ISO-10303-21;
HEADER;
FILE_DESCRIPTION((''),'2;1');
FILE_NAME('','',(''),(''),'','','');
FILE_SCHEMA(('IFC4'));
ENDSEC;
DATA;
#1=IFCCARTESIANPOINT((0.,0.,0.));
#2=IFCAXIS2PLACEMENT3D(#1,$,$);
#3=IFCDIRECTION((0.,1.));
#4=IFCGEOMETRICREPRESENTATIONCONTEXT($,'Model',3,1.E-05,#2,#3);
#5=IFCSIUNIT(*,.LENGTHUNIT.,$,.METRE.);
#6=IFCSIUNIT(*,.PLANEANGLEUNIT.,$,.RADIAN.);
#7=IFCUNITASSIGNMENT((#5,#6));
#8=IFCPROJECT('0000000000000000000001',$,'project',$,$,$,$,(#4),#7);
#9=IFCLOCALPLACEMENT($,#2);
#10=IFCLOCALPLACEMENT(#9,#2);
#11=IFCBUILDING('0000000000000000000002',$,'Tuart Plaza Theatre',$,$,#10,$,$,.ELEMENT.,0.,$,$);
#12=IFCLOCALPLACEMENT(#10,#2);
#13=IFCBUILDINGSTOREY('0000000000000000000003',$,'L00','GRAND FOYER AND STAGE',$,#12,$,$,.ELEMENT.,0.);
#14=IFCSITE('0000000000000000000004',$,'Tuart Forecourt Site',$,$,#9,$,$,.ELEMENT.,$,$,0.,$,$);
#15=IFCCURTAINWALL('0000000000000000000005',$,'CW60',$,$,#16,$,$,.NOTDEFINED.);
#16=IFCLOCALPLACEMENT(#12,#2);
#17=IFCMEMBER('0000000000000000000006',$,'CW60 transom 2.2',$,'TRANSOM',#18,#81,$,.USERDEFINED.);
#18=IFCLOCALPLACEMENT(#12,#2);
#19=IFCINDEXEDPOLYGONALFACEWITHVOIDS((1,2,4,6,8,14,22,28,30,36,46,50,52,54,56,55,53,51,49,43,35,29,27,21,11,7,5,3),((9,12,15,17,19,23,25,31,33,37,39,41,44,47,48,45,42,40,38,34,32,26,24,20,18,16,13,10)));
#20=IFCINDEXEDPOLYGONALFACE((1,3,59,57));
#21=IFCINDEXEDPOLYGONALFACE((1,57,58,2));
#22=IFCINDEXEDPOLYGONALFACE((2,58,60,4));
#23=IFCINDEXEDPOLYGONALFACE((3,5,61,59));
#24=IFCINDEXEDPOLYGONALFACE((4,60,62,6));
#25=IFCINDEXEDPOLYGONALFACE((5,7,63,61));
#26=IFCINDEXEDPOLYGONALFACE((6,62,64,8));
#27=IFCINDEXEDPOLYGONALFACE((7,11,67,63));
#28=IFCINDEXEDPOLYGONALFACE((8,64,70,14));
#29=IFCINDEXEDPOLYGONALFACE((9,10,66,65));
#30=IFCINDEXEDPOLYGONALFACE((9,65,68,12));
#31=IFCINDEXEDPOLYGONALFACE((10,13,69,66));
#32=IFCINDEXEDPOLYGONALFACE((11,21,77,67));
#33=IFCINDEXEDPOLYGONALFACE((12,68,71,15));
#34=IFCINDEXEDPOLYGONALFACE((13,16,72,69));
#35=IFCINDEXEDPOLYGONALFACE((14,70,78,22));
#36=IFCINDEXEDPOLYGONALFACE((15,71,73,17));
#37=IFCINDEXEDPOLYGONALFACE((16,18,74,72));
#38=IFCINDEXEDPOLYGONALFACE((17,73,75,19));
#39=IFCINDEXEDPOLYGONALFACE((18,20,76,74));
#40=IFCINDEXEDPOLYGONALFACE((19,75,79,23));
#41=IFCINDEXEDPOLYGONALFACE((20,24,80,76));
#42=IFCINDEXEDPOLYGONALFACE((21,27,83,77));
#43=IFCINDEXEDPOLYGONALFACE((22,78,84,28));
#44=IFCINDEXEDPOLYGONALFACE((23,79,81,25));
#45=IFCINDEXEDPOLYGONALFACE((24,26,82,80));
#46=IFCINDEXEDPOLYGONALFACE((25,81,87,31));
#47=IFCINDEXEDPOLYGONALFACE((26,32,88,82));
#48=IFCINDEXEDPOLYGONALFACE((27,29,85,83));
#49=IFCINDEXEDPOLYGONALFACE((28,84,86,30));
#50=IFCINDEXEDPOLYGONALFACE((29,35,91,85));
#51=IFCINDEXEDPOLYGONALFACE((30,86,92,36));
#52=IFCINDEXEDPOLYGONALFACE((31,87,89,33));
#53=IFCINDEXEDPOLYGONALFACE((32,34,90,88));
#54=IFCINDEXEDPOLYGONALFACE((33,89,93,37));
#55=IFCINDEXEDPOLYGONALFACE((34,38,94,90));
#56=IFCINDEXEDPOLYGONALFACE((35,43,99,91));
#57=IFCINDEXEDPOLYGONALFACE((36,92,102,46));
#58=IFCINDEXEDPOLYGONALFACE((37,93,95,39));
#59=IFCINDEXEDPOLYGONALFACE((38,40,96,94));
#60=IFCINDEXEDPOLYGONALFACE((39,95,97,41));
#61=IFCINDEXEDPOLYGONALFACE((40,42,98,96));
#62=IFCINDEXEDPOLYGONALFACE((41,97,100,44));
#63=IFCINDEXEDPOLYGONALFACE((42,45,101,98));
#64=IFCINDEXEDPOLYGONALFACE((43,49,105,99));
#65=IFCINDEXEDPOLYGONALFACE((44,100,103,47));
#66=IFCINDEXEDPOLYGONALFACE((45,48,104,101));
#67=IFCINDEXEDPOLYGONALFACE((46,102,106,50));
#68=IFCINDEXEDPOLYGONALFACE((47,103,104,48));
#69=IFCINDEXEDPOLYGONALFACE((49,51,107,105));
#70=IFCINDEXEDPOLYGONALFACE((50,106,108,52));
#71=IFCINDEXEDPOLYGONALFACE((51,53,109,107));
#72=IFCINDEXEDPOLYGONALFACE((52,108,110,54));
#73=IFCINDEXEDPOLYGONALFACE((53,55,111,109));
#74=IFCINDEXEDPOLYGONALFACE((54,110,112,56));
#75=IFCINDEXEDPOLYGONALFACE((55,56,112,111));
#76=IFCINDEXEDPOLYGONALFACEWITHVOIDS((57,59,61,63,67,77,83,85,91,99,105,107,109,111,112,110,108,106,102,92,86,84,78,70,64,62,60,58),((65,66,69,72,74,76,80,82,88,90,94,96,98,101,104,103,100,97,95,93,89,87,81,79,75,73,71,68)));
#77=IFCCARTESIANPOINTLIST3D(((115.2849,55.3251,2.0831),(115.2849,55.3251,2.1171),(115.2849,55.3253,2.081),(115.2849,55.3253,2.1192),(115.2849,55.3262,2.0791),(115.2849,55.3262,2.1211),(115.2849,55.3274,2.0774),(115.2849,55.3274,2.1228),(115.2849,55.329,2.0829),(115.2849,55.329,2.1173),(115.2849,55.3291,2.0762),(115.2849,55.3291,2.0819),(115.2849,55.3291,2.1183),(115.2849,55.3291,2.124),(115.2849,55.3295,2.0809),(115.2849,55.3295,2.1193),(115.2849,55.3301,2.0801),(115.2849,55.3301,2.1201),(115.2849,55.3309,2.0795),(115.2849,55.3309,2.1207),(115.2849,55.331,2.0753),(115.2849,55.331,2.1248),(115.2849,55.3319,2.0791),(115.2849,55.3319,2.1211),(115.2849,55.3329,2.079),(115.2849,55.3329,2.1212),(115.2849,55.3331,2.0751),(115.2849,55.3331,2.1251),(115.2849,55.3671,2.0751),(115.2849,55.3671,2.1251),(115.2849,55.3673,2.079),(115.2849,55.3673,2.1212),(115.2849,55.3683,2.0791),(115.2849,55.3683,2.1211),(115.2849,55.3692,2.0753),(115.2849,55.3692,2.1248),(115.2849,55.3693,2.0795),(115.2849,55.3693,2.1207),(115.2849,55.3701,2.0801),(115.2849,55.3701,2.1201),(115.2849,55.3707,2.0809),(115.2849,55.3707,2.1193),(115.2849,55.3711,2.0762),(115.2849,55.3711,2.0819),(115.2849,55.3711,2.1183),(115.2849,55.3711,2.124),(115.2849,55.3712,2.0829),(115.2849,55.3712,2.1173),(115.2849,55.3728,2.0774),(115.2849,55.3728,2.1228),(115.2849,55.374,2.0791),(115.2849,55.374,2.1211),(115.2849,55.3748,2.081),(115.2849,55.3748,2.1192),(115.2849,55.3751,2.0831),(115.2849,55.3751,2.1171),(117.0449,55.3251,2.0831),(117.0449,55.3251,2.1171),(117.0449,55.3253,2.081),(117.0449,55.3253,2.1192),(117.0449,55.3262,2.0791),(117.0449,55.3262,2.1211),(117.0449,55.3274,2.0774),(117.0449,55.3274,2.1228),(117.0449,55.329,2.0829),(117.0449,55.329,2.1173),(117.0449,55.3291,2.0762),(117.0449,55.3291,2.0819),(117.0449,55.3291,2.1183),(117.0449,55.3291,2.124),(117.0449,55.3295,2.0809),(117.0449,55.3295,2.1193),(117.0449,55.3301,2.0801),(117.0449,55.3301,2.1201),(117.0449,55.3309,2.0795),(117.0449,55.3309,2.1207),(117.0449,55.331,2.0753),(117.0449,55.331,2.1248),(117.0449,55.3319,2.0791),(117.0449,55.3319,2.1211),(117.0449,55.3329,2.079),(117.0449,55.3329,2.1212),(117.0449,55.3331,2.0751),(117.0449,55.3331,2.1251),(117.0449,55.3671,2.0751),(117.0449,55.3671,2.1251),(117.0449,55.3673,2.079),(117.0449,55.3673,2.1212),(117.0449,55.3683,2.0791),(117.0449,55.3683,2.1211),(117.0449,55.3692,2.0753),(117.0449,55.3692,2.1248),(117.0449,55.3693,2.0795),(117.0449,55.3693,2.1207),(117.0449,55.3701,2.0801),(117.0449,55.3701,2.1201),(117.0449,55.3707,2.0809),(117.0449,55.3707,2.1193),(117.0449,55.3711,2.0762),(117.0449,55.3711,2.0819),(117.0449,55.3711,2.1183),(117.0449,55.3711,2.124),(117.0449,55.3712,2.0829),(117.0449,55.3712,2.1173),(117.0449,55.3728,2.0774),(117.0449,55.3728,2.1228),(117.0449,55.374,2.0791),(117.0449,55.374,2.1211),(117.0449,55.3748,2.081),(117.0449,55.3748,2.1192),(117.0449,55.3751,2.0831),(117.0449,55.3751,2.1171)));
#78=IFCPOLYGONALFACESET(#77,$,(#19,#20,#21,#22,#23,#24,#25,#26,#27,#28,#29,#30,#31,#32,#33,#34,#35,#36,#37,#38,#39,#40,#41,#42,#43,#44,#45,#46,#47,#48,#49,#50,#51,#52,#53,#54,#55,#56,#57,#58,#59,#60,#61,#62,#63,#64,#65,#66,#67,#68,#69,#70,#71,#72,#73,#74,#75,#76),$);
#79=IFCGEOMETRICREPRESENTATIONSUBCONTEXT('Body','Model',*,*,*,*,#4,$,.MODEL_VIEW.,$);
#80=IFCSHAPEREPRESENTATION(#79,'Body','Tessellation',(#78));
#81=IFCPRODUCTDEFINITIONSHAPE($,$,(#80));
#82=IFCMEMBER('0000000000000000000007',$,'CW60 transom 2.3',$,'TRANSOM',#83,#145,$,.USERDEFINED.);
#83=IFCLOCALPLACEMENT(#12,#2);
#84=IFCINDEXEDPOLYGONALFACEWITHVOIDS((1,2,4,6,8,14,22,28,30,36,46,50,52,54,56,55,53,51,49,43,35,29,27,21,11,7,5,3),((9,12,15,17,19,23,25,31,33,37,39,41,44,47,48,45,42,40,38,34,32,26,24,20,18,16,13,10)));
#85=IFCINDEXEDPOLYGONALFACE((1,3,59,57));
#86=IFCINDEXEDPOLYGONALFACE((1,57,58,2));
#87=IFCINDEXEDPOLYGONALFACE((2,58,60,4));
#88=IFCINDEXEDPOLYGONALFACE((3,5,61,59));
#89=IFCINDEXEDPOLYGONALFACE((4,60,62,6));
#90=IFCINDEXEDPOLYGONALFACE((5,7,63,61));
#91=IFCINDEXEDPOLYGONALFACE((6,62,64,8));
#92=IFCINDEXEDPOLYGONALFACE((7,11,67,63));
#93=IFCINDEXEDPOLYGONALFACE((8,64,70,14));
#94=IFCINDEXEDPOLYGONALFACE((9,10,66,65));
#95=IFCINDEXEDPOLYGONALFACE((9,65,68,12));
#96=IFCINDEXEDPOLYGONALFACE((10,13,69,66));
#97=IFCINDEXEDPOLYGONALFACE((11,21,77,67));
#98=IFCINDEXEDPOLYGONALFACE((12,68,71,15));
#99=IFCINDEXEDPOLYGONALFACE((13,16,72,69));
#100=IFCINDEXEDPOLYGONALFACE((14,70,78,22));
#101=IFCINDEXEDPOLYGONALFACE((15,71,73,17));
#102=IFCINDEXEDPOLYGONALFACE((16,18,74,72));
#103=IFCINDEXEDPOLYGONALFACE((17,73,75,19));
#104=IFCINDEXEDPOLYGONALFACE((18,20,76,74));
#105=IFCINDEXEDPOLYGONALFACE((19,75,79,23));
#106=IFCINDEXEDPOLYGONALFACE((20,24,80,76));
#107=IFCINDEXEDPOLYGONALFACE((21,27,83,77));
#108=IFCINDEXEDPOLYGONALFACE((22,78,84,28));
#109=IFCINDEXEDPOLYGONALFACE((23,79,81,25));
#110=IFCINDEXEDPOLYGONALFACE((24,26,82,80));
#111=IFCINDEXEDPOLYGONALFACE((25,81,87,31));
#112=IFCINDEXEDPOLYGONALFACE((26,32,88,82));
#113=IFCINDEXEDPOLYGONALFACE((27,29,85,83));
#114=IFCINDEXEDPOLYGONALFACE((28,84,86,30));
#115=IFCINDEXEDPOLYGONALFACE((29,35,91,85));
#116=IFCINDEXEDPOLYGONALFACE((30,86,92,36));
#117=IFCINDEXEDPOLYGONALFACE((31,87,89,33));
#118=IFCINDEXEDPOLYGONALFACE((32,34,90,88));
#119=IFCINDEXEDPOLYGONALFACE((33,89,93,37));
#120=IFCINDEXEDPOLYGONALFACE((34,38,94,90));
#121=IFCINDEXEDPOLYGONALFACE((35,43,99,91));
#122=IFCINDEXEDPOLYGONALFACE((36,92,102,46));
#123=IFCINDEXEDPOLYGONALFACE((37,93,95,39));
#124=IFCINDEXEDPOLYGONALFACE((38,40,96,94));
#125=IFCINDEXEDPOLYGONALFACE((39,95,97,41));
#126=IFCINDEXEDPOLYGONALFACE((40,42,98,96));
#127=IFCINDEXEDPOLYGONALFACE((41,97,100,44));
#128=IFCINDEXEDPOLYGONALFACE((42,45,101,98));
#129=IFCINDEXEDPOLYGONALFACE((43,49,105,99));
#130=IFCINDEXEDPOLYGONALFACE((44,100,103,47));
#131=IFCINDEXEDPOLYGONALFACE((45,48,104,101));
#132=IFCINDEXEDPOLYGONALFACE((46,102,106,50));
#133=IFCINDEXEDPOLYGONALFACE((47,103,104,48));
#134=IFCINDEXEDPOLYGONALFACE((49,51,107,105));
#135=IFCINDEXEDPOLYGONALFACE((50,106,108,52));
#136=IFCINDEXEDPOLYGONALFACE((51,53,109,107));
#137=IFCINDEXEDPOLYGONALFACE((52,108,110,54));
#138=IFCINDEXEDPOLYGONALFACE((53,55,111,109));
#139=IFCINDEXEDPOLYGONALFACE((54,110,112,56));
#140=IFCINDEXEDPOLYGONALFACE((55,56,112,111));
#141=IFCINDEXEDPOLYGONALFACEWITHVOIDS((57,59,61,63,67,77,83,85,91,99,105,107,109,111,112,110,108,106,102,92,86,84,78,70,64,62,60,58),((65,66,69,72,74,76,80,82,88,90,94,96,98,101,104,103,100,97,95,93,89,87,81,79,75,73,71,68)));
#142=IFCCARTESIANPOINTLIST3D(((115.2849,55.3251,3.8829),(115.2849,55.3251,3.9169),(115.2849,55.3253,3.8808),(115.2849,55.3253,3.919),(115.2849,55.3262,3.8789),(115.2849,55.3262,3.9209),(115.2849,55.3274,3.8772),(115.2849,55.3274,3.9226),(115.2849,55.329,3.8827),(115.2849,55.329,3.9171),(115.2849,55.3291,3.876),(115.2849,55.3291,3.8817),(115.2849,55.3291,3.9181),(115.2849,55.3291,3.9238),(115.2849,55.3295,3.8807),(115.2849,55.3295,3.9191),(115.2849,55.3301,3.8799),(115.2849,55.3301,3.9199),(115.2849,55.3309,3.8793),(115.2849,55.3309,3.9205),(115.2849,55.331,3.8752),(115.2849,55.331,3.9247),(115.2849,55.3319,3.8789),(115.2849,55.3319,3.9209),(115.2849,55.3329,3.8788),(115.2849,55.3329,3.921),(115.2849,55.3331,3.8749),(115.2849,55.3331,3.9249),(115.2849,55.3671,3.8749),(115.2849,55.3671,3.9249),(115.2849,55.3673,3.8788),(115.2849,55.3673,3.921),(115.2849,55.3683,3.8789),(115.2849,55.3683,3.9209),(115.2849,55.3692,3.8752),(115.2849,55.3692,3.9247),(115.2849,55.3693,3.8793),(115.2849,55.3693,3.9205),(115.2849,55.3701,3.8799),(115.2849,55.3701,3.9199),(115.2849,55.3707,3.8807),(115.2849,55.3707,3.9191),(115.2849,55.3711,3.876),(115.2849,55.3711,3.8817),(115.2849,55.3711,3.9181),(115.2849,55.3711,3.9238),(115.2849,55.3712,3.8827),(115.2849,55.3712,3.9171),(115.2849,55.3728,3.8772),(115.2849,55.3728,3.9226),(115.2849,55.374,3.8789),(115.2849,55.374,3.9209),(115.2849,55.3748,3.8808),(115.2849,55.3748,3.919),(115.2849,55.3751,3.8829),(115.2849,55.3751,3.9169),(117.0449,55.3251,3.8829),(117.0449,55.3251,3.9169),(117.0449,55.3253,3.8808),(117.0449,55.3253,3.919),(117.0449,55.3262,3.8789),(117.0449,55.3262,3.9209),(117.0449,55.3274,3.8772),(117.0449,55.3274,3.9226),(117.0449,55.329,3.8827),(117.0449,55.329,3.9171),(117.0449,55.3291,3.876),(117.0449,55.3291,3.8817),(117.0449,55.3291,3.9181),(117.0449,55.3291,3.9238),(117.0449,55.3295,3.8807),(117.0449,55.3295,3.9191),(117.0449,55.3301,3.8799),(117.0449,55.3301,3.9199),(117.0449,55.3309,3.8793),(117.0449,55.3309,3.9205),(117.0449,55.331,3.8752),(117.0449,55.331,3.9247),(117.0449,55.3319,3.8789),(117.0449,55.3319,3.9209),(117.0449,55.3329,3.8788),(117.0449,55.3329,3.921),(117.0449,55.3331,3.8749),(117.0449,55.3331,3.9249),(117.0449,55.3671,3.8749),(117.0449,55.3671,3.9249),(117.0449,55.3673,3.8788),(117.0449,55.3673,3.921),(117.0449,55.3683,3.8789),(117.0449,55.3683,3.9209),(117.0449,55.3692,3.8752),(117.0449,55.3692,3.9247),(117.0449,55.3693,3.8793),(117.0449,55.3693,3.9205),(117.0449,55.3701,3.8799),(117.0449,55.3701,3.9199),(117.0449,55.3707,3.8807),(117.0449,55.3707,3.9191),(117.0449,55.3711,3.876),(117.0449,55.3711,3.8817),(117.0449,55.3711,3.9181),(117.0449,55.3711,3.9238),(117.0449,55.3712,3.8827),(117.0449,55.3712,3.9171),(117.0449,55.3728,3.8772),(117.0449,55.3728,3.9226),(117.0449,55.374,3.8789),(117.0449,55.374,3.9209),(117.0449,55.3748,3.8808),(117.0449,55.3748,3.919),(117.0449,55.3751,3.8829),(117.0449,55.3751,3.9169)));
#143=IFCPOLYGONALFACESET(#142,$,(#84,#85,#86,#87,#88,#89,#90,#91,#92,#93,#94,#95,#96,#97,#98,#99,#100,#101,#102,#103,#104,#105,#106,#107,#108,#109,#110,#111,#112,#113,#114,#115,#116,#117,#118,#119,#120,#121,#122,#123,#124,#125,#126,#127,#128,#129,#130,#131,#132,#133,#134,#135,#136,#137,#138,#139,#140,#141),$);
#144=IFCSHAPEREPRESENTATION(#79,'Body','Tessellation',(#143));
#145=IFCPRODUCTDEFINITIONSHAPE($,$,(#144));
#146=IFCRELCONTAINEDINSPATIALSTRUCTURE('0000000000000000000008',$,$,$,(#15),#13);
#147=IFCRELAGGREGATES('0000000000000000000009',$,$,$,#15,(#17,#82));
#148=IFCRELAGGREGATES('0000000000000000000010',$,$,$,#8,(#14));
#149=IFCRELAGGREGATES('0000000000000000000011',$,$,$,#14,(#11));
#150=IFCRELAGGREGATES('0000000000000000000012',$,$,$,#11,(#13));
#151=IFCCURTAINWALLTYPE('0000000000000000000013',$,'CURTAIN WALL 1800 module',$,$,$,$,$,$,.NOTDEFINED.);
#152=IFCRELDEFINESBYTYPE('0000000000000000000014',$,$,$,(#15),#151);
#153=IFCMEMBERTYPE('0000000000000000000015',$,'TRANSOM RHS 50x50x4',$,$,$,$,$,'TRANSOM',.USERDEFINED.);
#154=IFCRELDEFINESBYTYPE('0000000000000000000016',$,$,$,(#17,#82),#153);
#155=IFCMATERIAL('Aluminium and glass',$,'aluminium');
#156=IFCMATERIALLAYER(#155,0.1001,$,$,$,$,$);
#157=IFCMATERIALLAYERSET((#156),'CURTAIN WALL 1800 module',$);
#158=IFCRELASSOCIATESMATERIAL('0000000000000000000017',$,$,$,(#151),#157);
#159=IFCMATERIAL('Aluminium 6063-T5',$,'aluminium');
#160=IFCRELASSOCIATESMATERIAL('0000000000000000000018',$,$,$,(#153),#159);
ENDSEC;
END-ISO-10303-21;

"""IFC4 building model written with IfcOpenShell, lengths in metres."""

from ifc_helpers import new_model, si_unit, direction, frame, origin, origin_2d, place, context, subcontext, project, spatial, hollow_rectangle, extrude, material, layer, layer_set, material_profile, profile_set, type_object, element, aggregate, save


model = new_model("IFC4")

# Units and contexts
model_context = context("Model", 3, precision=1e-05, world=origin(), true_north=direction((0.0, 1.0)))
body_context = subcontext(model_context, "Body", "Model", "MODEL_VIEW")
ifc_project = project(units=[si_unit("LENGTHUNIT", "METRE"), si_unit("PLANEANGLEUNIT", "RADIAN")], contexts=[model_context])

# Site, building, storey
site_placement = place(None, origin())
site = spatial("IfcSite", under=ifc_project, at=site_placement, Name="Tuart Forecourt Site", CompositionType="ELEMENT", RefElevation=0.0)
building_placement = place(site_placement, origin())
building = spatial("IfcBuilding", under=site, at=building_placement, Name="Tuart Plaza Theatre", CompositionType="ELEMENT", ElevationOfRefHeight=0.0)
storey_placement = place(building_placement, origin())
storey = spatial("IfcBuildingStorey", under=building, at=storey_placement, Name="L00", Description="GRAND FOYER AND STAGE", CompositionType="ELEMENT", Elevation=0.0)

# Curtain wall, members
ifc_material_1 = material(Name="Aluminium and glass", Category="aluminium")
ifc_layer_1 = layer(ifc_material_1, 0.1001)
ifc_layer_set_1 = layer_set([ifc_layer_1], Name="CURTAIN WALL 1800 module")
curtain_wall_type = type_object("IfcCurtainWallType", Name="CURTAIN WALL 1800 module", PredefinedType="NOTDEFINED", material=ifc_layer_set_1)
curtain_wall_placement = place(storey_placement, origin())
curtain_wall = element("IfcCurtainWall", 1, at=curtain_wall_placement, inside=storey, type_object=curtain_wall_type, Name="CW60", PredefinedType="NOTDEFINED")
ifc_material_2 = material(Name="Aluminium 6063-T5", Category="aluminium")
ifc_material_profile_1 = material_profile(ifc_material_2, hollow_rectangle(XDim=0.05, YDim=0.05, WallThickness=0.0039, InnerFilletRadius=0.0039, OuterFilletRadius=0.0081, at=origin_2d()), Name="RHS 50x50x4")
ifc_profile_set_1 = profile_set([ifc_material_profile_1], Name="Aluminium 6063-T5")
member_type_1 = type_object("IfcMemberType", Name="TRANSOM RHS 50x50x4", ElementType="TRANSOM", PredefinedType="USERDEFINED", material=ifc_profile_set_1)
member_1_placement = place(storey_placement, frame((115.2849, 55.3501, 2.1001), z_axis=(1.0, 0.0, 0.0), x_axis=(0.0, 1.0, 0.0)))
member_1 = element("IfcMember", 2, at=member_1_placement, type_object=member_type_1, Name="CW60 transom 2.2", ObjectType="TRANSOM", PredefinedType="USERDEFINED", context=body_context, shape_type="SweptSolid", body=[
    extrude(hollow_rectangle(XDim=0.05, YDim=0.05, WallThickness=0.0039, InnerFilletRadius=0.0039, OuterFilletRadius=0.0081, at=origin_2d()), origin(), (0.0, 0.0, 1.0), 1.76),
])
member_2_placement = place(storey_placement, frame((115.2849, 55.3501, 3.8999), z_axis=(1.0, 0.0, 0.0), x_axis=(0.0, 1.0, 0.0)))
member_2 = element("IfcMember", 3, at=member_2_placement, type_object=member_type_1, Name="CW60 transom 2.3", ObjectType="TRANSOM", PredefinedType="USERDEFINED", context=body_context, shape_type="SweptSolid", body=[
    extrude(hollow_rectangle(XDim=0.05, YDim=0.05, WallThickness=0.0039, InnerFilletRadius=0.0039, OuterFilletRadius=0.0081, at=origin_2d()), origin(), (0.0, 0.0, 1.0), 1.76),
])
aggregate(curtain_wall, [member_1, member_2])

save(model, "model.ifc")
